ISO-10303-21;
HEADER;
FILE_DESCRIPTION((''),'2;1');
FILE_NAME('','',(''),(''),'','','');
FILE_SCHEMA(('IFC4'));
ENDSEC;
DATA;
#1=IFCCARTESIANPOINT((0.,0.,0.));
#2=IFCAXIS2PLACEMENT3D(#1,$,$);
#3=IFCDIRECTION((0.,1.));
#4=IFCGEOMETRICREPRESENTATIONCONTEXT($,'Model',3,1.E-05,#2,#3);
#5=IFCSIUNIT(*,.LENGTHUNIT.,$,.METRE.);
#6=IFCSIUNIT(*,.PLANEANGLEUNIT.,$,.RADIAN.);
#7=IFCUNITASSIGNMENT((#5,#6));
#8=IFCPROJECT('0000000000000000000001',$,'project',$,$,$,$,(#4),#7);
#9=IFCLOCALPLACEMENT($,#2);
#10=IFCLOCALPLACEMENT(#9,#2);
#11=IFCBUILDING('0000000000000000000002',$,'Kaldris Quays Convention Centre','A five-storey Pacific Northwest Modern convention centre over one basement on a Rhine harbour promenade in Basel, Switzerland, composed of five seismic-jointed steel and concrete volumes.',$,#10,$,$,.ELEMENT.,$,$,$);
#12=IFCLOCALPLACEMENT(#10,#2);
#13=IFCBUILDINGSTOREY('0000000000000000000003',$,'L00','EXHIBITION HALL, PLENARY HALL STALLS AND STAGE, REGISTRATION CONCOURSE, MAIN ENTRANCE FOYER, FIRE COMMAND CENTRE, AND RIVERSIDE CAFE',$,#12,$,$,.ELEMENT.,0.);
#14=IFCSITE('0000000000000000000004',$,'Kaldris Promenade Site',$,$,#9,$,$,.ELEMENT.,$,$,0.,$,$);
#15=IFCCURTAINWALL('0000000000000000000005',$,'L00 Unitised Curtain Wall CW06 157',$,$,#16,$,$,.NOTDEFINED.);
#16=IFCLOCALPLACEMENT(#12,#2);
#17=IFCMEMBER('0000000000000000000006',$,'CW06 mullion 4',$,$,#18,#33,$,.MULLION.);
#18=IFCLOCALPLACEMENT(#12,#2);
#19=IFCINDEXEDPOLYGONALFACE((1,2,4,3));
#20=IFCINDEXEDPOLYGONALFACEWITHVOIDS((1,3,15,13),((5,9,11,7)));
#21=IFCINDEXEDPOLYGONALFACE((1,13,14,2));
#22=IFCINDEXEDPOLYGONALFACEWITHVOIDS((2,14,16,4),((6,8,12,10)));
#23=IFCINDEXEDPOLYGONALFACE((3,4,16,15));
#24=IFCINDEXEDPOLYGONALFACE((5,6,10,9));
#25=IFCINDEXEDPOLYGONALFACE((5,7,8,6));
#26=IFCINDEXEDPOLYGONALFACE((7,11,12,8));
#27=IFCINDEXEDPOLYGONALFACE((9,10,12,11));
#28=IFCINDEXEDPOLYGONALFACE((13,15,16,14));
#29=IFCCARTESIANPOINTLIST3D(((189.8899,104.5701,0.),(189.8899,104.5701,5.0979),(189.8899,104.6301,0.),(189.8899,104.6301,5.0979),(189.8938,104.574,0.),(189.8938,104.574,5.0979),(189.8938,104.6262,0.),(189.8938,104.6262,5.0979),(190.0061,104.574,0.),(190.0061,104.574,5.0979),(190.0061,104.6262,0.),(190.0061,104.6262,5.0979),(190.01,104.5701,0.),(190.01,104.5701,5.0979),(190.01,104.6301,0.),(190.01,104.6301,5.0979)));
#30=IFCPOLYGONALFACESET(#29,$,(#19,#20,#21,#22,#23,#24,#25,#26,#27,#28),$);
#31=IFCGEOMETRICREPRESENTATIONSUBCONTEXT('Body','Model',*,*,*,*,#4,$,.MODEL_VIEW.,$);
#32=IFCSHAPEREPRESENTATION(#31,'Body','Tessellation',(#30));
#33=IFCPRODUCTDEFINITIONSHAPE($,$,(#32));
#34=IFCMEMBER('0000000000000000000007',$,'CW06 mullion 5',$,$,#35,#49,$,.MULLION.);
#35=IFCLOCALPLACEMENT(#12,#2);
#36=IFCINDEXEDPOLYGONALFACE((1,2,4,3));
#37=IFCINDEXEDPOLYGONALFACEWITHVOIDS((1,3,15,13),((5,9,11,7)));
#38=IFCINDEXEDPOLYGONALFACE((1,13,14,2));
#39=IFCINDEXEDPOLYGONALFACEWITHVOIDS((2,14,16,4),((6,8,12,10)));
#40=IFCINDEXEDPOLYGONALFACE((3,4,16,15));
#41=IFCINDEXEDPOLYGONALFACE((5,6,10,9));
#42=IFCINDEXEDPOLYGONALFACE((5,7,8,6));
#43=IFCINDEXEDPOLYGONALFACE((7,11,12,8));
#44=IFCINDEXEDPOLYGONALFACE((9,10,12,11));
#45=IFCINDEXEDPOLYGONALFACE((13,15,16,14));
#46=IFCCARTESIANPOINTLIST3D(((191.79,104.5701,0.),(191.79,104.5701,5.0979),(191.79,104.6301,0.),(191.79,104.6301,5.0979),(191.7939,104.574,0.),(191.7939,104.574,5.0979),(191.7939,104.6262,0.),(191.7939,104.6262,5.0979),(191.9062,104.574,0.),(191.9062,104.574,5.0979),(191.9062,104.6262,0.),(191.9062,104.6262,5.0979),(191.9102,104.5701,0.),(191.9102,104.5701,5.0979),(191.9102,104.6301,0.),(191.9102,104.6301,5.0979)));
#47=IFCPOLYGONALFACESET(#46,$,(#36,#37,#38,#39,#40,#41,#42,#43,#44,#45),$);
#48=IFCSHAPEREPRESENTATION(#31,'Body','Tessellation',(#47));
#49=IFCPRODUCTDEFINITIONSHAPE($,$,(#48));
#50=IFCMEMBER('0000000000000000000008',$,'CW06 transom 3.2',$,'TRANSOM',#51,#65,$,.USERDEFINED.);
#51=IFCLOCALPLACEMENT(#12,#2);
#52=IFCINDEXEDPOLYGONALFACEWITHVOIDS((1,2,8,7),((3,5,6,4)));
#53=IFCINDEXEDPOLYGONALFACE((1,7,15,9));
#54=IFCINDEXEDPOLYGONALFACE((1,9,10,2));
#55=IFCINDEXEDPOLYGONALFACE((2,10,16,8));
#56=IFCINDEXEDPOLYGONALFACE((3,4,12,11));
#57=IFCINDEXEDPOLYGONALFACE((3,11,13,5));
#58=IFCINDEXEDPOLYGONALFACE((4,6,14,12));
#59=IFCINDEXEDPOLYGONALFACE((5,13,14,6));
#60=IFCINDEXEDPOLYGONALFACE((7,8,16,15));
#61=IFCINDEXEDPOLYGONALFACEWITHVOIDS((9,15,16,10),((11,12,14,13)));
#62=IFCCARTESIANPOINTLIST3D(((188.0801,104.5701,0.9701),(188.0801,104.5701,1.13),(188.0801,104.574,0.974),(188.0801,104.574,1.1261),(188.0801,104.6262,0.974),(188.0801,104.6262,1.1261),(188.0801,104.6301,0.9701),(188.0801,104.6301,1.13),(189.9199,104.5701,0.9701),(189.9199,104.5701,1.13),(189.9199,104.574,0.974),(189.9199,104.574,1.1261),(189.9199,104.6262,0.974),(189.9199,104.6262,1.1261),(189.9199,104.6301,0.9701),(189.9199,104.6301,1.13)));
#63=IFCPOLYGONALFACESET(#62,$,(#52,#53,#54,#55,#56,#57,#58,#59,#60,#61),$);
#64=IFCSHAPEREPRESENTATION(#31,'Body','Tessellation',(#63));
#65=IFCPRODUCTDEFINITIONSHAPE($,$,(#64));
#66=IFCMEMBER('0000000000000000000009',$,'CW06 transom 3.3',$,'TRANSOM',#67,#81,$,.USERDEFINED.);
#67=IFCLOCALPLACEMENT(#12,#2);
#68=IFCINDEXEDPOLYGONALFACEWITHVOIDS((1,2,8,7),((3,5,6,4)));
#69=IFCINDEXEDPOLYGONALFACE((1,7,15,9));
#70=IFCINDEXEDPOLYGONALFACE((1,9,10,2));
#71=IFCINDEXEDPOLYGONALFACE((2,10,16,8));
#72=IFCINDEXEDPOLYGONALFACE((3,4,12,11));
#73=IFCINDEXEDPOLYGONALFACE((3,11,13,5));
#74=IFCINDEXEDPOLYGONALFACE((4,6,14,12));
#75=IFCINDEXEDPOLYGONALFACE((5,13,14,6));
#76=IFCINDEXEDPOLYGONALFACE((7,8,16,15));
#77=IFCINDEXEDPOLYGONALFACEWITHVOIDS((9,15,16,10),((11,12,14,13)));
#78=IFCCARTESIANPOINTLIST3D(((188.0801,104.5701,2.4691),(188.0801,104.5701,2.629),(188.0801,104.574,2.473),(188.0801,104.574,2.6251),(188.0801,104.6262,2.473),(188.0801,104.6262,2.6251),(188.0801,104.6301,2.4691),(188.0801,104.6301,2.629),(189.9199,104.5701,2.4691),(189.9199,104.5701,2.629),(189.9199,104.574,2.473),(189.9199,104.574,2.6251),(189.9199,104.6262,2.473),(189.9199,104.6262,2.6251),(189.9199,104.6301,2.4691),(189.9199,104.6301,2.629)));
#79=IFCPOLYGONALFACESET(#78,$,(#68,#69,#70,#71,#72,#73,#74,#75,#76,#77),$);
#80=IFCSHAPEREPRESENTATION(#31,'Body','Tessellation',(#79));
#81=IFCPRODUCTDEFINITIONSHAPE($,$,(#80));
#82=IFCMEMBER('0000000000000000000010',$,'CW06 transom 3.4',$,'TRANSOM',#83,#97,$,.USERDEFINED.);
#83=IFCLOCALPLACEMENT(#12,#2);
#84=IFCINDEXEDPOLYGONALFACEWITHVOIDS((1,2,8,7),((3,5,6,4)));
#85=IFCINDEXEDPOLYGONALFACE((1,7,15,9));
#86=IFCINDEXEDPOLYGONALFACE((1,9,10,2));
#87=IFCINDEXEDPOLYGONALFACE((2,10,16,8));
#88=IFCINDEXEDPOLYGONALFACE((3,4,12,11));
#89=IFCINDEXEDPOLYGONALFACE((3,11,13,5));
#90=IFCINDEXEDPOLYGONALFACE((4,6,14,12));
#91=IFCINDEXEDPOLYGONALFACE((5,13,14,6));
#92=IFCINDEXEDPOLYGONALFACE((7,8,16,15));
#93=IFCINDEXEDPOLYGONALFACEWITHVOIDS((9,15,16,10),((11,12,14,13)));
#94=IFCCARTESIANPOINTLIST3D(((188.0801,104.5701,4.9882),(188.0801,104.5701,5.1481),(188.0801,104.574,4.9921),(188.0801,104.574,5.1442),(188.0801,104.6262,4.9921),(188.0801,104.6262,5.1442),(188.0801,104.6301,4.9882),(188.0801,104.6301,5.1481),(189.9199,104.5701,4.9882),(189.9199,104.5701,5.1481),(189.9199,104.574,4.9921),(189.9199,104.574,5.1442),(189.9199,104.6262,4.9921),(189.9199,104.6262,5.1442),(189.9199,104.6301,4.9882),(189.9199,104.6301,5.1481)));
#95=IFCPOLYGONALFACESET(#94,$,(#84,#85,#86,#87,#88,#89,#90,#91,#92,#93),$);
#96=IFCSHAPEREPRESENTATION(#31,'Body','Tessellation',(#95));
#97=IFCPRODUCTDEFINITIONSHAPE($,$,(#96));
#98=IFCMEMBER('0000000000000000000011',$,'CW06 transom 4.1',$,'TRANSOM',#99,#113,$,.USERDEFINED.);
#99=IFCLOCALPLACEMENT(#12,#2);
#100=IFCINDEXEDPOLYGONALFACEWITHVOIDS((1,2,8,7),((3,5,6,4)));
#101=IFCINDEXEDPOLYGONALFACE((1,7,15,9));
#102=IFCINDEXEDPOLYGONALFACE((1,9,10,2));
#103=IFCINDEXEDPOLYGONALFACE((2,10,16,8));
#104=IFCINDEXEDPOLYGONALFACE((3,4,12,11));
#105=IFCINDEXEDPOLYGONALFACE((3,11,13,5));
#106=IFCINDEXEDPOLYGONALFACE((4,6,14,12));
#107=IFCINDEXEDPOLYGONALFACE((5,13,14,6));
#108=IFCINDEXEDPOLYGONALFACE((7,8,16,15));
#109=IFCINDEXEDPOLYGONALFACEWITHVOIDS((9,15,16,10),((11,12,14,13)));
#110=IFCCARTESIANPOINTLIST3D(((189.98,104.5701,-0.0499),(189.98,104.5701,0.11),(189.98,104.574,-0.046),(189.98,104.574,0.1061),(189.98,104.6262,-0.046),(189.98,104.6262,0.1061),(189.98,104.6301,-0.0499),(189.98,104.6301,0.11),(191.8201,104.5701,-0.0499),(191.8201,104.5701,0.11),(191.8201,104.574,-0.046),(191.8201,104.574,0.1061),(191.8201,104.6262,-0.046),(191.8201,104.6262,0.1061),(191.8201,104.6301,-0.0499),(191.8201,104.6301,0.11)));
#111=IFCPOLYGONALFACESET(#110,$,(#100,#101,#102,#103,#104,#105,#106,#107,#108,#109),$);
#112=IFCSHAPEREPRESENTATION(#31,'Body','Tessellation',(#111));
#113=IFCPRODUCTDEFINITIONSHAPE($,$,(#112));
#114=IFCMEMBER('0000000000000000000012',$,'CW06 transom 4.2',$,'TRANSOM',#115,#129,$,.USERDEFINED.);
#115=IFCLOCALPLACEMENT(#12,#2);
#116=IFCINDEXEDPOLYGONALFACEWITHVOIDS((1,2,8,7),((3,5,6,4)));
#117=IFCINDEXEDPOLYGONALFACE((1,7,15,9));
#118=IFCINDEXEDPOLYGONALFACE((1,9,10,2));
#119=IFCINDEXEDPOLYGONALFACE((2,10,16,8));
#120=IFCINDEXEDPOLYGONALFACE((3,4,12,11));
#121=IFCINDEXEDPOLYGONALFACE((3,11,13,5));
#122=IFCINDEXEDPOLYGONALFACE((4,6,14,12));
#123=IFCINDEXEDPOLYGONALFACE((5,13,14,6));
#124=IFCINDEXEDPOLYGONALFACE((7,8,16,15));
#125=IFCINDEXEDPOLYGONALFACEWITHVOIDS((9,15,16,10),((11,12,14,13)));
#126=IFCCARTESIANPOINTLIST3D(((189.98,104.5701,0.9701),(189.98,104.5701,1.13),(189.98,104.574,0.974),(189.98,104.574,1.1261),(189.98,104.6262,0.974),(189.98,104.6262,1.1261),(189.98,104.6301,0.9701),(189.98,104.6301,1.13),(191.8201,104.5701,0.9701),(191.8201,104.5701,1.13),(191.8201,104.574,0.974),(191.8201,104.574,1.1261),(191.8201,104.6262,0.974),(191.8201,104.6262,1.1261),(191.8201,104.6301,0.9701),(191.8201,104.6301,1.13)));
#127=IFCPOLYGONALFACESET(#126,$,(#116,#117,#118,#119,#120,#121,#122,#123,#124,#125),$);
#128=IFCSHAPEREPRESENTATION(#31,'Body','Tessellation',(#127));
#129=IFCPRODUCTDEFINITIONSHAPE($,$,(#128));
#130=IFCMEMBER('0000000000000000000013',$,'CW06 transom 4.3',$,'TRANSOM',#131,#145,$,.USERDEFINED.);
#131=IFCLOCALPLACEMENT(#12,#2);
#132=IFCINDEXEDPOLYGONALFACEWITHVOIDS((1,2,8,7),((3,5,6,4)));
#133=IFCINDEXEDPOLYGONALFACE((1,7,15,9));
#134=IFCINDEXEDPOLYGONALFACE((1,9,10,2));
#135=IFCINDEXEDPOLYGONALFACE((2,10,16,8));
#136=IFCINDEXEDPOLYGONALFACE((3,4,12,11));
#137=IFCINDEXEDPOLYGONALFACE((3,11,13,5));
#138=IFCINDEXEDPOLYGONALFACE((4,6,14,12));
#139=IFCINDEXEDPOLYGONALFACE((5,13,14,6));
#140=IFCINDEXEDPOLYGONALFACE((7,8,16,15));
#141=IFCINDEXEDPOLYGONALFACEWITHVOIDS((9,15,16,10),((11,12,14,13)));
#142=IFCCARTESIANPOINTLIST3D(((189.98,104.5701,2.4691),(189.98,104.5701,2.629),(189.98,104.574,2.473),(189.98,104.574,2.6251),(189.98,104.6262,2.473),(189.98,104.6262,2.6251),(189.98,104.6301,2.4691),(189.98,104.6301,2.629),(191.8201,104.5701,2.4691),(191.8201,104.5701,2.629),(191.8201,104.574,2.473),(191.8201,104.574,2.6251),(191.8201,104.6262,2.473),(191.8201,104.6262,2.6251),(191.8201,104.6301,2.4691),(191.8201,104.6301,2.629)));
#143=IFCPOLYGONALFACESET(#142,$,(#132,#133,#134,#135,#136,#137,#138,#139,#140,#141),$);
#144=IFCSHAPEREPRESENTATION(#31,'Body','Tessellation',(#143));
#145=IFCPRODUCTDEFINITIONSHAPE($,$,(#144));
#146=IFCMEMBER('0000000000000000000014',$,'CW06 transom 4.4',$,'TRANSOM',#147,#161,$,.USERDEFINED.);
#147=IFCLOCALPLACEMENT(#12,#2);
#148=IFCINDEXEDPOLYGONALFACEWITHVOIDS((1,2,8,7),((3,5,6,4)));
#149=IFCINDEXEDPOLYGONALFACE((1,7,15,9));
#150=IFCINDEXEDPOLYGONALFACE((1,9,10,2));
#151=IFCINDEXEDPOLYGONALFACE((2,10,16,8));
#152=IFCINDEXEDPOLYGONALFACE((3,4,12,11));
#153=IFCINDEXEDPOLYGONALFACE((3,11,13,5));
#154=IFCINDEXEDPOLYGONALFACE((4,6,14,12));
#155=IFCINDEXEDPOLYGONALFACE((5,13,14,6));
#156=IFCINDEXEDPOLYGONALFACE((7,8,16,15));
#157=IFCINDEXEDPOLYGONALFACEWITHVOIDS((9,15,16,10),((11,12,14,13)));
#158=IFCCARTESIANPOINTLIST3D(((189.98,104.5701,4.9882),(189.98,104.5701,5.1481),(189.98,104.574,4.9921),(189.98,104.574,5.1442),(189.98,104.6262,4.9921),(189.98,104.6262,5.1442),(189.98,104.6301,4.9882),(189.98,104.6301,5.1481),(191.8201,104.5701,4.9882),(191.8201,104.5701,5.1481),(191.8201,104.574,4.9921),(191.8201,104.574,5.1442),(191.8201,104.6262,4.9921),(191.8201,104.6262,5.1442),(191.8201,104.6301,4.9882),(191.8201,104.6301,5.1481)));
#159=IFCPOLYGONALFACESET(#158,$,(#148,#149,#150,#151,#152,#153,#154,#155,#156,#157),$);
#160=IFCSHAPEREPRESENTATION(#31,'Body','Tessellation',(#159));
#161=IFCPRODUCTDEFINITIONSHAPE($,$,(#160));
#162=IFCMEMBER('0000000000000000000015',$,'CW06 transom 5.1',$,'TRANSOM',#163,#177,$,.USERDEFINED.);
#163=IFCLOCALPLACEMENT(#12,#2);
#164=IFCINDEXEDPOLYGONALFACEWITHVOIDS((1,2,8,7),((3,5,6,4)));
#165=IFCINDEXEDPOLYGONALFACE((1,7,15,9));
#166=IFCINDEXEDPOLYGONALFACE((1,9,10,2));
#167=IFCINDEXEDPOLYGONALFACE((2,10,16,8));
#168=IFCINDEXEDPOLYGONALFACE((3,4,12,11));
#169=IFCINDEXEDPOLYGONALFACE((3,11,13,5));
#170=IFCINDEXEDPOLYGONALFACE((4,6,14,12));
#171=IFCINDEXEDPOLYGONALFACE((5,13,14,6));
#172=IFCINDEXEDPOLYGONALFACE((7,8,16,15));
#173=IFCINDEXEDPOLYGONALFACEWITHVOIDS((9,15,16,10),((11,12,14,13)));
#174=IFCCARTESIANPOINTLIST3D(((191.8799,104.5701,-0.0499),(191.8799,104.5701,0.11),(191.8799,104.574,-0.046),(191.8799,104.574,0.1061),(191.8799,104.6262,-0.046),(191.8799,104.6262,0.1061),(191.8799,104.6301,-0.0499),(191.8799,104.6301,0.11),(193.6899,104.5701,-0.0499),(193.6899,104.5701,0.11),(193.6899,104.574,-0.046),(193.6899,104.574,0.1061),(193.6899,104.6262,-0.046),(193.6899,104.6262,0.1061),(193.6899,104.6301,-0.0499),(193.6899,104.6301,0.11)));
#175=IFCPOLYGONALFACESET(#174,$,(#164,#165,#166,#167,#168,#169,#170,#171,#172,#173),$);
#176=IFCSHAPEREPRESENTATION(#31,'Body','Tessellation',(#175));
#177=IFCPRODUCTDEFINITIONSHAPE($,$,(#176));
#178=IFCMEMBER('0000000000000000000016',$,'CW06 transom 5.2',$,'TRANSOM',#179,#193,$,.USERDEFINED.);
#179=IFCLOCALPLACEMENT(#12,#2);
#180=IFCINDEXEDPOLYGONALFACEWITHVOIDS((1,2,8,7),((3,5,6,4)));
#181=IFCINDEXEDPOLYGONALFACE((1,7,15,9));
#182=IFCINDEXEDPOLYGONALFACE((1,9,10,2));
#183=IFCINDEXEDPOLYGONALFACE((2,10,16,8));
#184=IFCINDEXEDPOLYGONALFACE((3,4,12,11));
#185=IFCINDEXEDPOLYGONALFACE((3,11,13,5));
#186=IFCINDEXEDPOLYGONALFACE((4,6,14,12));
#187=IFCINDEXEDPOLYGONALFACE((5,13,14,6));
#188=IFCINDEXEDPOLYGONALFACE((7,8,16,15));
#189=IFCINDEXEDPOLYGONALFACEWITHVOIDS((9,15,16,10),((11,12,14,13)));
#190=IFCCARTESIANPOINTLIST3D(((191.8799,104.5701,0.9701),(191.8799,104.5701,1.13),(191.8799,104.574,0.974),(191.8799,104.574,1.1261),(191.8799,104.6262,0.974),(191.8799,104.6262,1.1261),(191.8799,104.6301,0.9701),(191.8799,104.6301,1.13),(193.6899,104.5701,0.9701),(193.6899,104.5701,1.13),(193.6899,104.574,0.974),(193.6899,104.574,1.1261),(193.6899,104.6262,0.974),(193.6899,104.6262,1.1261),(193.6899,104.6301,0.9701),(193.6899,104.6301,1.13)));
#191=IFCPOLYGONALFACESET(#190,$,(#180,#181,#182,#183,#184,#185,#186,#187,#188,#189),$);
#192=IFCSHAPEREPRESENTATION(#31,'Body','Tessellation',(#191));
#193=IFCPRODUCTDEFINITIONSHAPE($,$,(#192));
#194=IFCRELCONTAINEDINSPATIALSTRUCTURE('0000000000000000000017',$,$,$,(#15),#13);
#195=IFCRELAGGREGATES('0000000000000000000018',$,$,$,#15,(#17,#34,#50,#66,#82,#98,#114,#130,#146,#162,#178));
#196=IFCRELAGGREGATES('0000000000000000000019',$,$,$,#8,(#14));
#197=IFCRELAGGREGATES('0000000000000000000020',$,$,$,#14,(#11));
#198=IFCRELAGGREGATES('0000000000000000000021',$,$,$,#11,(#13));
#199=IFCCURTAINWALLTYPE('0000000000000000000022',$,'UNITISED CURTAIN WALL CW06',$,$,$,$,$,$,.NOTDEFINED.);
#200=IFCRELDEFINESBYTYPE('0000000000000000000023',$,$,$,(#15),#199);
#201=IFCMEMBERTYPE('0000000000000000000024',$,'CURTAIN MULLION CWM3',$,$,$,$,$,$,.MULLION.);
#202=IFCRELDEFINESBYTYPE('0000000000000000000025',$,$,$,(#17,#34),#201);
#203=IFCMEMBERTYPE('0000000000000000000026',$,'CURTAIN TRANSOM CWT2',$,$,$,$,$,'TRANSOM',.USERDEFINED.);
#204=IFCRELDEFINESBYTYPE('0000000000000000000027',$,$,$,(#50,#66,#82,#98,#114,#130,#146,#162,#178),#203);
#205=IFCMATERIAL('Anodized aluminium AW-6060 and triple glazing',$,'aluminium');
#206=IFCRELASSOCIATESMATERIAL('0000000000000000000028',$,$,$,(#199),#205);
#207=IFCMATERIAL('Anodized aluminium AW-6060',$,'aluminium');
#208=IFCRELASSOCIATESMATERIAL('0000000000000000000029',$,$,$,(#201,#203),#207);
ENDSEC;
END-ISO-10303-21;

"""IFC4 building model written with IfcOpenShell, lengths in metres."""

from ifc_helpers import new_model, si_unit, direction, frame, origin, origin_2d, place, context, subcontext, project, spatial, hollow_rectangle, extrude, material, material_profile, profile_set, type_object, element, aggregate, save


model = new_model("IFC4")

# Units and contexts
model_context = context("Model", 3, precision=1e-05, world=origin(), true_north=direction((0.0, 1.0)))
body_context = subcontext(model_context, "Body", "Model", "MODEL_VIEW")
ifc_project = project(units=[si_unit("LENGTHUNIT", "METRE"), si_unit("PLANEANGLEUNIT", "RADIAN")], contexts=[model_context])

# Site, building, storey
site_placement = place(None, origin())
site = spatial("IfcSite", under=ifc_project, at=site_placement, Name="Kaldris Promenade Site", CompositionType="ELEMENT", RefElevation=0.0)
building_placement = place(site_placement, origin())
building = spatial("IfcBuilding", under=site, at=building_placement, Name="Kaldris Quays Convention Centre", Description="A five-storey Pacific Northwest Modern convention centre over one basement on a Rhine harbour promenade in Basel, Switzerland, composed of five seismic-jointed steel and concrete volumes.", CompositionType="ELEMENT")
storey_placement = place(building_placement, origin())
storey = spatial("IfcBuildingStorey", under=building, at=storey_placement, Name="L00", Description="EXHIBITION HALL, PLENARY HALL STALLS AND STAGE, REGISTRATION CONCOURSE, MAIN ENTRANCE FOYER, FIRE COMMAND CENTRE, AND RIVERSIDE CAFE", CompositionType="ELEMENT", Elevation=0.0)

# Curtain wall, members
ifc_material_1 = material(Name="Anodized aluminium AW-6060 and triple glazing", Category="aluminium")
curtain_wall_type = type_object("IfcCurtainWallType", Name="UNITISED CURTAIN WALL CW06", PredefinedType="NOTDEFINED", material=ifc_material_1)
curtain_wall_placement = place(storey_placement, origin())
curtain_wall = element("IfcCurtainWall", 1, at=curtain_wall_placement, inside=storey, type_object=curtain_wall_type, Name="L00 Unitised Curtain Wall CW06 157", PredefinedType="NOTDEFINED")
ifc_material_2 = material(Name="Anodized aluminium AW-6060", Category="aluminium")
ifc_material_profile_1 = material_profile(ifc_material_2, hollow_rectangle(XDim=0.0601, YDim=0.1201, WallThickness=0.0039, at=origin_2d()), Name="RHS 120x60x4")
ifc_profile_set_1 = profile_set([ifc_material_profile_1], Name="Anodized aluminium AW-6060")
member_type_1 = type_object("IfcMemberType", Name="CURTAIN MULLION CWM3", PredefinedType="MULLION", material=ifc_profile_set_1)
member_1_placement = place(storey_placement, frame((189.95, 104.6001, 0.0), z_axis=(0.0, 0.0, 1.0), x_axis=(0.0, 1.0, 0.0)))
member_1 = element("IfcMember", 2, at=member_1_placement, type_object=member_type_1, Name="CW06 mullion 4", PredefinedType="MULLION", context=body_context, shape_type="SweptSolid", body=[
    extrude(hollow_rectangle(XDim=0.0601, YDim=0.1201, WallThickness=0.0039, at=origin_2d()), origin(), (0.0, 0.0, 1.0), 5.0979),
])
member_2_placement = place(storey_placement, frame((191.8501, 104.6001, 0.0), z_axis=(0.0, 0.0, 1.0), x_axis=(0.0, 1.0, 0.0)))
member_2 = element("IfcMember", 3, at=member_2_placement, type_object=member_type_1, Name="CW06 mullion 5", PredefinedType="MULLION", context=body_context, shape_type="SweptSolid", body=[
    extrude(hollow_rectangle(XDim=0.0601, YDim=0.1201, WallThickness=0.0039, at=origin_2d()), origin(), (0.0, 0.0, 1.0), 5.0979),
])
ifc_material_profile_2 = material_profile(ifc_material_2, hollow_rectangle(XDim=0.0601, YDim=0.1599, WallThickness=0.0039, at=origin_2d()), Name="RHS 160x60x4")
ifc_profile_set_2 = profile_set([ifc_material_profile_2], Name="Anodized aluminium AW-6060")
member_type_2 = type_object("IfcMemberType", Name="CURTAIN TRANSOM CWT2", ElementType="TRANSOM", PredefinedType="USERDEFINED", material=ifc_profile_set_2)
member_3_placement = place(storey_placement, frame((188.0801, 104.6001, 1.05), z_axis=(1.0, 0.0, 0.0), x_axis=(0.0, 1.0, 0.0)))
member_3 = element("IfcMember", 4, at=member_3_placement, type_object=member_type_2, Name="CW06 transom 3.2", ObjectType="TRANSOM", PredefinedType="USERDEFINED", context=body_context, shape_type="SweptSolid", body=[
    extrude(hollow_rectangle(XDim=0.0601, YDim=0.1599, WallThickness=0.0039, at=origin_2d()), origin(), (0.0, 0.0, 1.0), 1.8398),
])
member_4_placement = place(storey_placement, frame((188.0801, 104.6001, 2.5491), z_axis=(1.0, 0.0, 0.0), x_axis=(0.0, 1.0, 0.0)))
member_4 = element("IfcMember", 5, at=member_4_placement, type_object=member_type_2, Name="CW06 transom 3.3", ObjectType="TRANSOM", PredefinedType="USERDEFINED", context=body_context, shape_type="SweptSolid", body=[
    extrude(hollow_rectangle(XDim=0.0601, YDim=0.1599, WallThickness=0.0039, at=origin_2d()), origin(), (0.0, 0.0, 1.0), 1.8398),
])
member_5_placement = place(storey_placement, frame((188.0801, 104.6001, 5.0681), z_axis=(1.0, 0.0, 0.0), x_axis=(0.0, 1.0, 0.0)))
member_5 = element("IfcMember", 6, at=member_5_placement, type_object=member_type_2, Name="CW06 transom 3.4", ObjectType="TRANSOM", PredefinedType="USERDEFINED", context=body_context, shape_type="SweptSolid", body=[
    extrude(hollow_rectangle(XDim=0.0601, YDim=0.1599, WallThickness=0.0039, at=origin_2d()), origin(), (0.0, 0.0, 1.0), 1.8398),
])
member_6_placement = place(storey_placement, frame((189.98, 104.6001, 0.03), z_axis=(1.0, 0.0, 0.0), x_axis=(0.0, 1.0, 0.0)))
member_6 = element("IfcMember", 7, at=member_6_placement, type_object=member_type_2, Name="CW06 transom 4.1", ObjectType="TRANSOM", PredefinedType="USERDEFINED", context=body_context, shape_type="SweptSolid", body=[
    extrude(hollow_rectangle(XDim=0.0601, YDim=0.1599, WallThickness=0.0039, at=origin_2d()), origin(), (0.0, 0.0, 1.0), 1.8401),
])
member_7_placement = place(storey_placement, frame((189.98, 104.6001, 1.05), z_axis=(1.0, 0.0, 0.0), x_axis=(0.0, 1.0, 0.0)))
member_7 = element("IfcMember", 8, at=member_7_placement, type_object=member_type_2, Name="CW06 transom 4.2", ObjectType="TRANSOM", PredefinedType="USERDEFINED", context=body_context, shape_type="SweptSolid", body=[
    extrude(hollow_rectangle(XDim=0.0601, YDim=0.1599, WallThickness=0.0039, at=origin_2d()), origin(), (0.0, 0.0, 1.0), 1.8401),
])
member_8_placement = place(storey_placement, frame((189.98, 104.6001, 2.5491), z_axis=(1.0, 0.0, 0.0), x_axis=(0.0, 1.0, 0.0)))
member_8 = element("IfcMember", 9, at=member_8_placement, type_object=member_type_2, Name="CW06 transom 4.3", ObjectType="TRANSOM", PredefinedType="USERDEFINED", context=body_context, shape_type="SweptSolid", body=[
    extrude(hollow_rectangle(XDim=0.0601, YDim=0.1599, WallThickness=0.0039, at=origin_2d()), origin(), (0.0, 0.0, 1.0), 1.8401),
])
member_9_placement = place(storey_placement, frame((189.98, 104.6001, 5.0681), z_axis=(1.0, 0.0, 0.0), x_axis=(0.0, 1.0, 0.0)))
member_9 = element("IfcMember", 10, at=member_9_placement, type_object=member_type_2, Name="CW06 transom 4.4", ObjectType="TRANSOM", PredefinedType="USERDEFINED", context=body_context, shape_type="SweptSolid", body=[
    extrude(hollow_rectangle(XDim=0.0601, YDim=0.1599, WallThickness=0.0039, at=origin_2d()), origin(), (0.0, 0.0, 1.0), 1.8401),
])
member_10_placement = place(storey_placement, frame((191.8799, 104.6001, 0.03), z_axis=(1.0, 0.0, 0.0), x_axis=(0.0, 1.0, 0.0)))
member_10 = element("IfcMember", 11, at=member_10_placement, type_object=member_type_2, Name="CW06 transom 5.1", ObjectType="TRANSOM", PredefinedType="USERDEFINED", context=body_context, shape_type="SweptSolid", body=[
    extrude(hollow_rectangle(XDim=0.0601, YDim=0.1599, WallThickness=0.0039, at=origin_2d()), origin(), (0.0, 0.0, 1.0), 1.8101),
])
member_11_placement = place(storey_placement, frame((191.8799, 104.6001, 1.05), z_axis=(1.0, 0.0, 0.0), x_axis=(0.0, 1.0, 0.0)))
member_11 = element("IfcMember", 12, at=member_11_placement, type_object=member_type_2, Name="CW06 transom 5.2", ObjectType="TRANSOM", PredefinedType="USERDEFINED", context=body_context, shape_type="SweptSolid", body=[
    extrude(hollow_rectangle(XDim=0.0601, YDim=0.1599, WallThickness=0.0039, at=origin_2d()), origin(), (0.0, 0.0, 1.0), 1.8101),
])

aggregate(curtain_wall, [member_1, member_2, member_3, member_4, member_5, member_6, member_7, member_8, member_9, member_10, member_11])

save(model, "model.ifc")
